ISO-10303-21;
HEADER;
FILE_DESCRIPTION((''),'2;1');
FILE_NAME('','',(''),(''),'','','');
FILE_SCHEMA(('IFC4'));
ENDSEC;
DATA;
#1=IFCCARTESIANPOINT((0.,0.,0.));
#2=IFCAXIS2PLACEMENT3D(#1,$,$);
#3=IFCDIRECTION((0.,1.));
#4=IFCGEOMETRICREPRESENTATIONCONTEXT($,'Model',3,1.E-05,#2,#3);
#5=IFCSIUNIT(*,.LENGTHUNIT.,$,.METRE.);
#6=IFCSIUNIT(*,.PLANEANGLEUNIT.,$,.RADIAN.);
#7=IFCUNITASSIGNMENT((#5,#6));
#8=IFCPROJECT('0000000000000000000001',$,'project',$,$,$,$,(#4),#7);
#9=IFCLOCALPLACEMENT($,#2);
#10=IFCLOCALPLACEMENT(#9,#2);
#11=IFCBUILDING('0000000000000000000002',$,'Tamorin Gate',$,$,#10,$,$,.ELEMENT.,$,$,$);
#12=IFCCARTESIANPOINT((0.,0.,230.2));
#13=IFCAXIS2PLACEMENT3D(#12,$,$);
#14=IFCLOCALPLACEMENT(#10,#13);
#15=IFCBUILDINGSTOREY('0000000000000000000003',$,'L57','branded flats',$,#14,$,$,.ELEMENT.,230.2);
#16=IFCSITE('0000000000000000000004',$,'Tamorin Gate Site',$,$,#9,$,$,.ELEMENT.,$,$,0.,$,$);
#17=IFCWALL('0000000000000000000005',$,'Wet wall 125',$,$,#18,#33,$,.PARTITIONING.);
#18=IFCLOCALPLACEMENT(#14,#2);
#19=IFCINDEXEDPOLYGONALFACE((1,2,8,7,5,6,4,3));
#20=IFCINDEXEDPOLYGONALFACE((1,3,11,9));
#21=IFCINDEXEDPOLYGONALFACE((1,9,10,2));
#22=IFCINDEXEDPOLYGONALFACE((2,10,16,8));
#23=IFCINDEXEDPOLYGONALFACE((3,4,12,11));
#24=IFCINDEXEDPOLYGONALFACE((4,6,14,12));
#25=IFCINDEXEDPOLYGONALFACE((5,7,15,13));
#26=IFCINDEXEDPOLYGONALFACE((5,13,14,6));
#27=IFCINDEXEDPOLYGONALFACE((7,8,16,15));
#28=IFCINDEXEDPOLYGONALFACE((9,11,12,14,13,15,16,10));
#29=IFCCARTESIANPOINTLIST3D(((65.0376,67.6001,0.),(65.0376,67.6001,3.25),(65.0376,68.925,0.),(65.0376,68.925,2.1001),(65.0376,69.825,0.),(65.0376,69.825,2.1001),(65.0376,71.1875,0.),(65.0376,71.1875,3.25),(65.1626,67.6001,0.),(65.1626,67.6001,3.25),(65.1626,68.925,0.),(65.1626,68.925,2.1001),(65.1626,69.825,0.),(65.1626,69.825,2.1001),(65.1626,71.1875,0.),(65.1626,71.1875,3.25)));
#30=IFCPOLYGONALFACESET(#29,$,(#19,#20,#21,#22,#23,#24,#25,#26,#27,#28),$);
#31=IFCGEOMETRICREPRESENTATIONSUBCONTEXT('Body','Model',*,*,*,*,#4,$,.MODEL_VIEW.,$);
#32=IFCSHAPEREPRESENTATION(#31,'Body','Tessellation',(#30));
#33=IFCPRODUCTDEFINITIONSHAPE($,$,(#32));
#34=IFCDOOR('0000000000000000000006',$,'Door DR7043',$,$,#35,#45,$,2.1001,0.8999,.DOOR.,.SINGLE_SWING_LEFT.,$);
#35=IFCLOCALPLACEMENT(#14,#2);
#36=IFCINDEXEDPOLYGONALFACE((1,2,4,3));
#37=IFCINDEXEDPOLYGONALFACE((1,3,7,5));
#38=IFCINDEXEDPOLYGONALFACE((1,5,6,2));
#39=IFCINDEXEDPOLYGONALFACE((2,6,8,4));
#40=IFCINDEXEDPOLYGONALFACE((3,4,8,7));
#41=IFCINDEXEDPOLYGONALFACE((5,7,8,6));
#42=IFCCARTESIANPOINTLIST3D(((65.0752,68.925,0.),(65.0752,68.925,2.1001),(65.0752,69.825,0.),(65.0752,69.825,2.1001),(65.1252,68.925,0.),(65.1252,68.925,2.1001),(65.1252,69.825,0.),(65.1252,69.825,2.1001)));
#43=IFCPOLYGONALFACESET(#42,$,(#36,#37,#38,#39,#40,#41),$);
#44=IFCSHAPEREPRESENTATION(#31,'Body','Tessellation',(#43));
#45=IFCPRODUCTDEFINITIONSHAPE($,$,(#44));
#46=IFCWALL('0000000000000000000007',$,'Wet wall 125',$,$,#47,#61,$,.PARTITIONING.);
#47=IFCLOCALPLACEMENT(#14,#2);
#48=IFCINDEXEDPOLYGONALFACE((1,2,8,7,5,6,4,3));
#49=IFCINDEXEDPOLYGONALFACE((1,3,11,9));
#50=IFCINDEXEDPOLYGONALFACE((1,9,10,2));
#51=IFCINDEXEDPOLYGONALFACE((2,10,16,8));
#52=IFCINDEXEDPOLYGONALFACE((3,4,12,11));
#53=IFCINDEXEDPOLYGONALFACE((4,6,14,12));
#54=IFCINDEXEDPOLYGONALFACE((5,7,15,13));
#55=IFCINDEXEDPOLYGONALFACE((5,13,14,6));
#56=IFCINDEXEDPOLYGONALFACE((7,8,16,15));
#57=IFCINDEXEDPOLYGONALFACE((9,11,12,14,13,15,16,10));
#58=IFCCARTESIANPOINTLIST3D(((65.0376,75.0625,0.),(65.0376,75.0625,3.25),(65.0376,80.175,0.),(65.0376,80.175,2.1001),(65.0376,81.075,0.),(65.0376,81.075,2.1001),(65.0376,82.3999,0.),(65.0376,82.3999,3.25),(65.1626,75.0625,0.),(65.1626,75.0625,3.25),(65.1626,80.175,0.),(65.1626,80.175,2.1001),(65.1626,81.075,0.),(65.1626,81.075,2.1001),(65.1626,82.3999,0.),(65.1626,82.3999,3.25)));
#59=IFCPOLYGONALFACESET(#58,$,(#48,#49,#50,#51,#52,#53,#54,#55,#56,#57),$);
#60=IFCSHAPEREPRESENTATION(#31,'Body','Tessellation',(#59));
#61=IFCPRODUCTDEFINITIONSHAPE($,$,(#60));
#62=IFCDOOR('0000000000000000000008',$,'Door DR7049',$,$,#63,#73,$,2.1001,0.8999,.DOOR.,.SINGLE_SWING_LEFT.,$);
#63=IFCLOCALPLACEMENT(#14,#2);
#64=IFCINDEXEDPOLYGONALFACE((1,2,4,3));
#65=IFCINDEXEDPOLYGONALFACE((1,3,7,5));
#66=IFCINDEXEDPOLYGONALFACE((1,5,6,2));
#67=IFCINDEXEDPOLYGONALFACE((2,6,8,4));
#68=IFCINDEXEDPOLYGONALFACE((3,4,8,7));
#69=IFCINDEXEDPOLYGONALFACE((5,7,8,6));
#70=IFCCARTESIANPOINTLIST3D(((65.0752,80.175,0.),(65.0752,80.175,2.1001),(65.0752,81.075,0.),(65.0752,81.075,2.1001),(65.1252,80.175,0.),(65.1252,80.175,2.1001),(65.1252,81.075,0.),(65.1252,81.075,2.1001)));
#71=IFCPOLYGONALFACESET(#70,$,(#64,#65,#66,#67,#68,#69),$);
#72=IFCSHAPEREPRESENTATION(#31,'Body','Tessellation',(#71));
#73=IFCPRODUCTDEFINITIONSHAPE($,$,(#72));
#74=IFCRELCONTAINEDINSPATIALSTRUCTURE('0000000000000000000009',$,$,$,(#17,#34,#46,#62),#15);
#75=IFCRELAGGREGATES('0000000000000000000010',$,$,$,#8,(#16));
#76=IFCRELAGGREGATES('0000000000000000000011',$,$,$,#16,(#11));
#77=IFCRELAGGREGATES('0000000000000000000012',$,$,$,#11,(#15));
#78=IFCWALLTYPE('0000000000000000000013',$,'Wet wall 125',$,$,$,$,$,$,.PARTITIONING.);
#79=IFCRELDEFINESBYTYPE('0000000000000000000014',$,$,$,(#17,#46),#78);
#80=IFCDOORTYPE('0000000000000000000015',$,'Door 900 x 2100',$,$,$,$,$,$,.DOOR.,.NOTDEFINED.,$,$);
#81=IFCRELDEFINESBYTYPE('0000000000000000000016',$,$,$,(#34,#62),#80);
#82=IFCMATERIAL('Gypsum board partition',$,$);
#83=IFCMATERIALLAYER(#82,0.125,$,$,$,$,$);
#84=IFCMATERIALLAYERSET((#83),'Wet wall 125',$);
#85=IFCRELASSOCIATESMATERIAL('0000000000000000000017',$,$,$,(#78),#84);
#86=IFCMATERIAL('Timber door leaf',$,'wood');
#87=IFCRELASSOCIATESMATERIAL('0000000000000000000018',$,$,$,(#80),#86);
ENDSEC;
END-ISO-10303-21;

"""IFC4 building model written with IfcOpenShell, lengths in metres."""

from ifc_helpers import new_model, si_unit, direction, frame, frame_2d, origin, place, context, subcontext, project, spatial, rectangle, extrude, material, layer, layer_set, type_object, element, fill, save


model = new_model("IFC4")

# Units and contexts
model_context = context("Model", 3, precision=1e-05, world=origin(), true_north=direction((0.0, 1.0)))
body_context = subcontext(model_context, "Body", "Model", "MODEL_VIEW")
ifc_project = project(units=[si_unit("LENGTHUNIT", "METRE"), si_unit("PLANEANGLEUNIT", "RADIAN")], contexts=[model_context])

# Site, building, storey
site_placement = place(None, origin())
site = spatial("IfcSite", under=ifc_project, at=site_placement, Name="Tamorin Gate Site", CompositionType="ELEMENT", RefElevation=0.0)
building_placement = place(site_placement, origin())
building = spatial("IfcBuilding", under=site, at=building_placement, Name="Tamorin Gate", CompositionType="ELEMENT")
storey_placement = place(building_placement, frame((0.0, 0.0, 230.2)))
storey = spatial("IfcBuildingStorey", under=building, at=storey_placement, Name="L57", Description="branded flats", CompositionType="ELEMENT", Elevation=230.2)

# Shared definitions
ifc_material_1 = material(Name="Gypsum board partition")

# Shared definitions
ifc_layer_1 = layer(ifc_material_1, 0.125)
ifc_layer_set_1 = layer_set([ifc_layer_1], Name="Wet wall 125")
wall_type_1 = type_object("IfcWallType", Name="Wet wall 125", PredefinedType="PARTITIONING", material=ifc_layer_set_1)

# Shared definitions
ifc_material_2 = material(Name="Timber door leaf", Category="wood")
door_type_1 = type_object("IfcDoorType", Name="Door 900 x 2100", OperationType="NOTDEFINED", PredefinedType="DOOR", material=ifc_material_2)

# Walls, openings, doors
wall_1_placement = place(storey_placement, frame((65.1001, 67.6001, 0.0), z_axis=(0.0, 0.0, 1.0), x_axis=(0.0, 1.0, 0.0)))
wall_1 = element("IfcWall", 1, at=wall_1_placement, inside=storey, type_object=wall_type_1, Name="Wet wall 125", PredefinedType="PARTITIONING", context=body_context, shape_type="SweptSolid", body=[
    extrude(rectangle(XDim=3.5874, YDim=0.125, at=frame_2d((1.7937, 0.0))), origin(), (0.0, 0.0, 1.0), 3.25),
])
opening_1_placement = place(wall_1_placement, frame((1.325, 0.0, 0.0)))
opening_1 = element("IfcOpeningElement", 2, at=opening_1_placement, cuts=wall_1, PredefinedType="OPENING", context=body_context, shape_type="SweptSolid", body=[
    extrude(rectangle(XDim=0.8999, YDim=2.1001, at=frame_2d((0.45, 1.05))), frame((0.0, 0.0725, 0.0), z_axis=(0.0, -1.0, 0.0), x_axis=(1.0, 0.0, 0.0)), (0.0, 0.0, 1.0), 0.145),
])
door_1_placement = place(opening_1_placement, origin())
door_1 = element("IfcDoor", 3, at=door_1_placement, inside=storey, type_object=door_type_1, Name="Door DR7043", OperationType="SINGLE_SWING_LEFT", OverallHeight=2.1001, OverallWidth=0.8999, PredefinedType="DOOR", context=body_context, shape_type="SweptSolid", body=[
    extrude(rectangle(XDim=0.8999, YDim=2.1001, at=frame_2d((0.45, 1.05))), frame((0.0, 0.0249, 0.0), z_axis=(0.0, -1.0, 0.0), x_axis=(1.0, 0.0, 0.0)), (0.0, 0.0, 1.0), 0.05),
])
fill(opening_1, door_1)
wall_2_placement = place(storey_placement, frame((65.1001, 75.0625, 0.0), z_axis=(0.0, 0.0, 1.0), x_axis=(0.0, 1.0, 0.0)))
wall_2 = element("IfcWall", 4, at=wall_2_placement, inside=storey, type_object=wall_type_1, Name="Wet wall 125", PredefinedType="PARTITIONING", context=body_context, shape_type="SweptSolid", body=[
    extrude(rectangle(XDim=7.3374, YDim=0.125, at=frame_2d((3.6687, 0.0))), origin(), (0.0, 0.0, 1.0), 3.25),
])
opening_2_placement = place(wall_2_placement, frame((5.1125, 0.0, 0.0)))
opening_2 = element("IfcOpeningElement", 5, at=opening_2_placement, cuts=wall_2, PredefinedType="OPENING", context=body_context, shape_type="SweptSolid", body=[
    extrude(rectangle(XDim=0.8999, YDim=2.1001, at=frame_2d((0.45, 1.05))), frame((0.0, 0.0725, 0.0), z_axis=(0.0, -1.0, 0.0), x_axis=(1.0, 0.0, 0.0)), (0.0, 0.0, 1.0), 0.145),
])
door_2_placement = place(opening_2_placement, origin())
door_2 = element("IfcDoor", 6, at=door_2_placement, inside=storey, type_object=door_type_1, Name="Door DR7049", OperationType="SINGLE_SWING_LEFT", OverallHeight=2.1001, OverallWidth=0.8999, PredefinedType="DOOR", context=body_context, shape_type="SweptSolid", body=[
    extrude(rectangle(XDim=0.8999, YDim=2.1001, at=frame_2d((0.45, 1.05))), frame((0.0, 0.0249, 0.0), z_axis=(0.0, -1.0, 0.0), x_axis=(1.0, 0.0, 0.0)), (0.0, 0.0, 1.0), 0.05),
])
fill(opening_2, door_2)

save(model, "model.ifc")
